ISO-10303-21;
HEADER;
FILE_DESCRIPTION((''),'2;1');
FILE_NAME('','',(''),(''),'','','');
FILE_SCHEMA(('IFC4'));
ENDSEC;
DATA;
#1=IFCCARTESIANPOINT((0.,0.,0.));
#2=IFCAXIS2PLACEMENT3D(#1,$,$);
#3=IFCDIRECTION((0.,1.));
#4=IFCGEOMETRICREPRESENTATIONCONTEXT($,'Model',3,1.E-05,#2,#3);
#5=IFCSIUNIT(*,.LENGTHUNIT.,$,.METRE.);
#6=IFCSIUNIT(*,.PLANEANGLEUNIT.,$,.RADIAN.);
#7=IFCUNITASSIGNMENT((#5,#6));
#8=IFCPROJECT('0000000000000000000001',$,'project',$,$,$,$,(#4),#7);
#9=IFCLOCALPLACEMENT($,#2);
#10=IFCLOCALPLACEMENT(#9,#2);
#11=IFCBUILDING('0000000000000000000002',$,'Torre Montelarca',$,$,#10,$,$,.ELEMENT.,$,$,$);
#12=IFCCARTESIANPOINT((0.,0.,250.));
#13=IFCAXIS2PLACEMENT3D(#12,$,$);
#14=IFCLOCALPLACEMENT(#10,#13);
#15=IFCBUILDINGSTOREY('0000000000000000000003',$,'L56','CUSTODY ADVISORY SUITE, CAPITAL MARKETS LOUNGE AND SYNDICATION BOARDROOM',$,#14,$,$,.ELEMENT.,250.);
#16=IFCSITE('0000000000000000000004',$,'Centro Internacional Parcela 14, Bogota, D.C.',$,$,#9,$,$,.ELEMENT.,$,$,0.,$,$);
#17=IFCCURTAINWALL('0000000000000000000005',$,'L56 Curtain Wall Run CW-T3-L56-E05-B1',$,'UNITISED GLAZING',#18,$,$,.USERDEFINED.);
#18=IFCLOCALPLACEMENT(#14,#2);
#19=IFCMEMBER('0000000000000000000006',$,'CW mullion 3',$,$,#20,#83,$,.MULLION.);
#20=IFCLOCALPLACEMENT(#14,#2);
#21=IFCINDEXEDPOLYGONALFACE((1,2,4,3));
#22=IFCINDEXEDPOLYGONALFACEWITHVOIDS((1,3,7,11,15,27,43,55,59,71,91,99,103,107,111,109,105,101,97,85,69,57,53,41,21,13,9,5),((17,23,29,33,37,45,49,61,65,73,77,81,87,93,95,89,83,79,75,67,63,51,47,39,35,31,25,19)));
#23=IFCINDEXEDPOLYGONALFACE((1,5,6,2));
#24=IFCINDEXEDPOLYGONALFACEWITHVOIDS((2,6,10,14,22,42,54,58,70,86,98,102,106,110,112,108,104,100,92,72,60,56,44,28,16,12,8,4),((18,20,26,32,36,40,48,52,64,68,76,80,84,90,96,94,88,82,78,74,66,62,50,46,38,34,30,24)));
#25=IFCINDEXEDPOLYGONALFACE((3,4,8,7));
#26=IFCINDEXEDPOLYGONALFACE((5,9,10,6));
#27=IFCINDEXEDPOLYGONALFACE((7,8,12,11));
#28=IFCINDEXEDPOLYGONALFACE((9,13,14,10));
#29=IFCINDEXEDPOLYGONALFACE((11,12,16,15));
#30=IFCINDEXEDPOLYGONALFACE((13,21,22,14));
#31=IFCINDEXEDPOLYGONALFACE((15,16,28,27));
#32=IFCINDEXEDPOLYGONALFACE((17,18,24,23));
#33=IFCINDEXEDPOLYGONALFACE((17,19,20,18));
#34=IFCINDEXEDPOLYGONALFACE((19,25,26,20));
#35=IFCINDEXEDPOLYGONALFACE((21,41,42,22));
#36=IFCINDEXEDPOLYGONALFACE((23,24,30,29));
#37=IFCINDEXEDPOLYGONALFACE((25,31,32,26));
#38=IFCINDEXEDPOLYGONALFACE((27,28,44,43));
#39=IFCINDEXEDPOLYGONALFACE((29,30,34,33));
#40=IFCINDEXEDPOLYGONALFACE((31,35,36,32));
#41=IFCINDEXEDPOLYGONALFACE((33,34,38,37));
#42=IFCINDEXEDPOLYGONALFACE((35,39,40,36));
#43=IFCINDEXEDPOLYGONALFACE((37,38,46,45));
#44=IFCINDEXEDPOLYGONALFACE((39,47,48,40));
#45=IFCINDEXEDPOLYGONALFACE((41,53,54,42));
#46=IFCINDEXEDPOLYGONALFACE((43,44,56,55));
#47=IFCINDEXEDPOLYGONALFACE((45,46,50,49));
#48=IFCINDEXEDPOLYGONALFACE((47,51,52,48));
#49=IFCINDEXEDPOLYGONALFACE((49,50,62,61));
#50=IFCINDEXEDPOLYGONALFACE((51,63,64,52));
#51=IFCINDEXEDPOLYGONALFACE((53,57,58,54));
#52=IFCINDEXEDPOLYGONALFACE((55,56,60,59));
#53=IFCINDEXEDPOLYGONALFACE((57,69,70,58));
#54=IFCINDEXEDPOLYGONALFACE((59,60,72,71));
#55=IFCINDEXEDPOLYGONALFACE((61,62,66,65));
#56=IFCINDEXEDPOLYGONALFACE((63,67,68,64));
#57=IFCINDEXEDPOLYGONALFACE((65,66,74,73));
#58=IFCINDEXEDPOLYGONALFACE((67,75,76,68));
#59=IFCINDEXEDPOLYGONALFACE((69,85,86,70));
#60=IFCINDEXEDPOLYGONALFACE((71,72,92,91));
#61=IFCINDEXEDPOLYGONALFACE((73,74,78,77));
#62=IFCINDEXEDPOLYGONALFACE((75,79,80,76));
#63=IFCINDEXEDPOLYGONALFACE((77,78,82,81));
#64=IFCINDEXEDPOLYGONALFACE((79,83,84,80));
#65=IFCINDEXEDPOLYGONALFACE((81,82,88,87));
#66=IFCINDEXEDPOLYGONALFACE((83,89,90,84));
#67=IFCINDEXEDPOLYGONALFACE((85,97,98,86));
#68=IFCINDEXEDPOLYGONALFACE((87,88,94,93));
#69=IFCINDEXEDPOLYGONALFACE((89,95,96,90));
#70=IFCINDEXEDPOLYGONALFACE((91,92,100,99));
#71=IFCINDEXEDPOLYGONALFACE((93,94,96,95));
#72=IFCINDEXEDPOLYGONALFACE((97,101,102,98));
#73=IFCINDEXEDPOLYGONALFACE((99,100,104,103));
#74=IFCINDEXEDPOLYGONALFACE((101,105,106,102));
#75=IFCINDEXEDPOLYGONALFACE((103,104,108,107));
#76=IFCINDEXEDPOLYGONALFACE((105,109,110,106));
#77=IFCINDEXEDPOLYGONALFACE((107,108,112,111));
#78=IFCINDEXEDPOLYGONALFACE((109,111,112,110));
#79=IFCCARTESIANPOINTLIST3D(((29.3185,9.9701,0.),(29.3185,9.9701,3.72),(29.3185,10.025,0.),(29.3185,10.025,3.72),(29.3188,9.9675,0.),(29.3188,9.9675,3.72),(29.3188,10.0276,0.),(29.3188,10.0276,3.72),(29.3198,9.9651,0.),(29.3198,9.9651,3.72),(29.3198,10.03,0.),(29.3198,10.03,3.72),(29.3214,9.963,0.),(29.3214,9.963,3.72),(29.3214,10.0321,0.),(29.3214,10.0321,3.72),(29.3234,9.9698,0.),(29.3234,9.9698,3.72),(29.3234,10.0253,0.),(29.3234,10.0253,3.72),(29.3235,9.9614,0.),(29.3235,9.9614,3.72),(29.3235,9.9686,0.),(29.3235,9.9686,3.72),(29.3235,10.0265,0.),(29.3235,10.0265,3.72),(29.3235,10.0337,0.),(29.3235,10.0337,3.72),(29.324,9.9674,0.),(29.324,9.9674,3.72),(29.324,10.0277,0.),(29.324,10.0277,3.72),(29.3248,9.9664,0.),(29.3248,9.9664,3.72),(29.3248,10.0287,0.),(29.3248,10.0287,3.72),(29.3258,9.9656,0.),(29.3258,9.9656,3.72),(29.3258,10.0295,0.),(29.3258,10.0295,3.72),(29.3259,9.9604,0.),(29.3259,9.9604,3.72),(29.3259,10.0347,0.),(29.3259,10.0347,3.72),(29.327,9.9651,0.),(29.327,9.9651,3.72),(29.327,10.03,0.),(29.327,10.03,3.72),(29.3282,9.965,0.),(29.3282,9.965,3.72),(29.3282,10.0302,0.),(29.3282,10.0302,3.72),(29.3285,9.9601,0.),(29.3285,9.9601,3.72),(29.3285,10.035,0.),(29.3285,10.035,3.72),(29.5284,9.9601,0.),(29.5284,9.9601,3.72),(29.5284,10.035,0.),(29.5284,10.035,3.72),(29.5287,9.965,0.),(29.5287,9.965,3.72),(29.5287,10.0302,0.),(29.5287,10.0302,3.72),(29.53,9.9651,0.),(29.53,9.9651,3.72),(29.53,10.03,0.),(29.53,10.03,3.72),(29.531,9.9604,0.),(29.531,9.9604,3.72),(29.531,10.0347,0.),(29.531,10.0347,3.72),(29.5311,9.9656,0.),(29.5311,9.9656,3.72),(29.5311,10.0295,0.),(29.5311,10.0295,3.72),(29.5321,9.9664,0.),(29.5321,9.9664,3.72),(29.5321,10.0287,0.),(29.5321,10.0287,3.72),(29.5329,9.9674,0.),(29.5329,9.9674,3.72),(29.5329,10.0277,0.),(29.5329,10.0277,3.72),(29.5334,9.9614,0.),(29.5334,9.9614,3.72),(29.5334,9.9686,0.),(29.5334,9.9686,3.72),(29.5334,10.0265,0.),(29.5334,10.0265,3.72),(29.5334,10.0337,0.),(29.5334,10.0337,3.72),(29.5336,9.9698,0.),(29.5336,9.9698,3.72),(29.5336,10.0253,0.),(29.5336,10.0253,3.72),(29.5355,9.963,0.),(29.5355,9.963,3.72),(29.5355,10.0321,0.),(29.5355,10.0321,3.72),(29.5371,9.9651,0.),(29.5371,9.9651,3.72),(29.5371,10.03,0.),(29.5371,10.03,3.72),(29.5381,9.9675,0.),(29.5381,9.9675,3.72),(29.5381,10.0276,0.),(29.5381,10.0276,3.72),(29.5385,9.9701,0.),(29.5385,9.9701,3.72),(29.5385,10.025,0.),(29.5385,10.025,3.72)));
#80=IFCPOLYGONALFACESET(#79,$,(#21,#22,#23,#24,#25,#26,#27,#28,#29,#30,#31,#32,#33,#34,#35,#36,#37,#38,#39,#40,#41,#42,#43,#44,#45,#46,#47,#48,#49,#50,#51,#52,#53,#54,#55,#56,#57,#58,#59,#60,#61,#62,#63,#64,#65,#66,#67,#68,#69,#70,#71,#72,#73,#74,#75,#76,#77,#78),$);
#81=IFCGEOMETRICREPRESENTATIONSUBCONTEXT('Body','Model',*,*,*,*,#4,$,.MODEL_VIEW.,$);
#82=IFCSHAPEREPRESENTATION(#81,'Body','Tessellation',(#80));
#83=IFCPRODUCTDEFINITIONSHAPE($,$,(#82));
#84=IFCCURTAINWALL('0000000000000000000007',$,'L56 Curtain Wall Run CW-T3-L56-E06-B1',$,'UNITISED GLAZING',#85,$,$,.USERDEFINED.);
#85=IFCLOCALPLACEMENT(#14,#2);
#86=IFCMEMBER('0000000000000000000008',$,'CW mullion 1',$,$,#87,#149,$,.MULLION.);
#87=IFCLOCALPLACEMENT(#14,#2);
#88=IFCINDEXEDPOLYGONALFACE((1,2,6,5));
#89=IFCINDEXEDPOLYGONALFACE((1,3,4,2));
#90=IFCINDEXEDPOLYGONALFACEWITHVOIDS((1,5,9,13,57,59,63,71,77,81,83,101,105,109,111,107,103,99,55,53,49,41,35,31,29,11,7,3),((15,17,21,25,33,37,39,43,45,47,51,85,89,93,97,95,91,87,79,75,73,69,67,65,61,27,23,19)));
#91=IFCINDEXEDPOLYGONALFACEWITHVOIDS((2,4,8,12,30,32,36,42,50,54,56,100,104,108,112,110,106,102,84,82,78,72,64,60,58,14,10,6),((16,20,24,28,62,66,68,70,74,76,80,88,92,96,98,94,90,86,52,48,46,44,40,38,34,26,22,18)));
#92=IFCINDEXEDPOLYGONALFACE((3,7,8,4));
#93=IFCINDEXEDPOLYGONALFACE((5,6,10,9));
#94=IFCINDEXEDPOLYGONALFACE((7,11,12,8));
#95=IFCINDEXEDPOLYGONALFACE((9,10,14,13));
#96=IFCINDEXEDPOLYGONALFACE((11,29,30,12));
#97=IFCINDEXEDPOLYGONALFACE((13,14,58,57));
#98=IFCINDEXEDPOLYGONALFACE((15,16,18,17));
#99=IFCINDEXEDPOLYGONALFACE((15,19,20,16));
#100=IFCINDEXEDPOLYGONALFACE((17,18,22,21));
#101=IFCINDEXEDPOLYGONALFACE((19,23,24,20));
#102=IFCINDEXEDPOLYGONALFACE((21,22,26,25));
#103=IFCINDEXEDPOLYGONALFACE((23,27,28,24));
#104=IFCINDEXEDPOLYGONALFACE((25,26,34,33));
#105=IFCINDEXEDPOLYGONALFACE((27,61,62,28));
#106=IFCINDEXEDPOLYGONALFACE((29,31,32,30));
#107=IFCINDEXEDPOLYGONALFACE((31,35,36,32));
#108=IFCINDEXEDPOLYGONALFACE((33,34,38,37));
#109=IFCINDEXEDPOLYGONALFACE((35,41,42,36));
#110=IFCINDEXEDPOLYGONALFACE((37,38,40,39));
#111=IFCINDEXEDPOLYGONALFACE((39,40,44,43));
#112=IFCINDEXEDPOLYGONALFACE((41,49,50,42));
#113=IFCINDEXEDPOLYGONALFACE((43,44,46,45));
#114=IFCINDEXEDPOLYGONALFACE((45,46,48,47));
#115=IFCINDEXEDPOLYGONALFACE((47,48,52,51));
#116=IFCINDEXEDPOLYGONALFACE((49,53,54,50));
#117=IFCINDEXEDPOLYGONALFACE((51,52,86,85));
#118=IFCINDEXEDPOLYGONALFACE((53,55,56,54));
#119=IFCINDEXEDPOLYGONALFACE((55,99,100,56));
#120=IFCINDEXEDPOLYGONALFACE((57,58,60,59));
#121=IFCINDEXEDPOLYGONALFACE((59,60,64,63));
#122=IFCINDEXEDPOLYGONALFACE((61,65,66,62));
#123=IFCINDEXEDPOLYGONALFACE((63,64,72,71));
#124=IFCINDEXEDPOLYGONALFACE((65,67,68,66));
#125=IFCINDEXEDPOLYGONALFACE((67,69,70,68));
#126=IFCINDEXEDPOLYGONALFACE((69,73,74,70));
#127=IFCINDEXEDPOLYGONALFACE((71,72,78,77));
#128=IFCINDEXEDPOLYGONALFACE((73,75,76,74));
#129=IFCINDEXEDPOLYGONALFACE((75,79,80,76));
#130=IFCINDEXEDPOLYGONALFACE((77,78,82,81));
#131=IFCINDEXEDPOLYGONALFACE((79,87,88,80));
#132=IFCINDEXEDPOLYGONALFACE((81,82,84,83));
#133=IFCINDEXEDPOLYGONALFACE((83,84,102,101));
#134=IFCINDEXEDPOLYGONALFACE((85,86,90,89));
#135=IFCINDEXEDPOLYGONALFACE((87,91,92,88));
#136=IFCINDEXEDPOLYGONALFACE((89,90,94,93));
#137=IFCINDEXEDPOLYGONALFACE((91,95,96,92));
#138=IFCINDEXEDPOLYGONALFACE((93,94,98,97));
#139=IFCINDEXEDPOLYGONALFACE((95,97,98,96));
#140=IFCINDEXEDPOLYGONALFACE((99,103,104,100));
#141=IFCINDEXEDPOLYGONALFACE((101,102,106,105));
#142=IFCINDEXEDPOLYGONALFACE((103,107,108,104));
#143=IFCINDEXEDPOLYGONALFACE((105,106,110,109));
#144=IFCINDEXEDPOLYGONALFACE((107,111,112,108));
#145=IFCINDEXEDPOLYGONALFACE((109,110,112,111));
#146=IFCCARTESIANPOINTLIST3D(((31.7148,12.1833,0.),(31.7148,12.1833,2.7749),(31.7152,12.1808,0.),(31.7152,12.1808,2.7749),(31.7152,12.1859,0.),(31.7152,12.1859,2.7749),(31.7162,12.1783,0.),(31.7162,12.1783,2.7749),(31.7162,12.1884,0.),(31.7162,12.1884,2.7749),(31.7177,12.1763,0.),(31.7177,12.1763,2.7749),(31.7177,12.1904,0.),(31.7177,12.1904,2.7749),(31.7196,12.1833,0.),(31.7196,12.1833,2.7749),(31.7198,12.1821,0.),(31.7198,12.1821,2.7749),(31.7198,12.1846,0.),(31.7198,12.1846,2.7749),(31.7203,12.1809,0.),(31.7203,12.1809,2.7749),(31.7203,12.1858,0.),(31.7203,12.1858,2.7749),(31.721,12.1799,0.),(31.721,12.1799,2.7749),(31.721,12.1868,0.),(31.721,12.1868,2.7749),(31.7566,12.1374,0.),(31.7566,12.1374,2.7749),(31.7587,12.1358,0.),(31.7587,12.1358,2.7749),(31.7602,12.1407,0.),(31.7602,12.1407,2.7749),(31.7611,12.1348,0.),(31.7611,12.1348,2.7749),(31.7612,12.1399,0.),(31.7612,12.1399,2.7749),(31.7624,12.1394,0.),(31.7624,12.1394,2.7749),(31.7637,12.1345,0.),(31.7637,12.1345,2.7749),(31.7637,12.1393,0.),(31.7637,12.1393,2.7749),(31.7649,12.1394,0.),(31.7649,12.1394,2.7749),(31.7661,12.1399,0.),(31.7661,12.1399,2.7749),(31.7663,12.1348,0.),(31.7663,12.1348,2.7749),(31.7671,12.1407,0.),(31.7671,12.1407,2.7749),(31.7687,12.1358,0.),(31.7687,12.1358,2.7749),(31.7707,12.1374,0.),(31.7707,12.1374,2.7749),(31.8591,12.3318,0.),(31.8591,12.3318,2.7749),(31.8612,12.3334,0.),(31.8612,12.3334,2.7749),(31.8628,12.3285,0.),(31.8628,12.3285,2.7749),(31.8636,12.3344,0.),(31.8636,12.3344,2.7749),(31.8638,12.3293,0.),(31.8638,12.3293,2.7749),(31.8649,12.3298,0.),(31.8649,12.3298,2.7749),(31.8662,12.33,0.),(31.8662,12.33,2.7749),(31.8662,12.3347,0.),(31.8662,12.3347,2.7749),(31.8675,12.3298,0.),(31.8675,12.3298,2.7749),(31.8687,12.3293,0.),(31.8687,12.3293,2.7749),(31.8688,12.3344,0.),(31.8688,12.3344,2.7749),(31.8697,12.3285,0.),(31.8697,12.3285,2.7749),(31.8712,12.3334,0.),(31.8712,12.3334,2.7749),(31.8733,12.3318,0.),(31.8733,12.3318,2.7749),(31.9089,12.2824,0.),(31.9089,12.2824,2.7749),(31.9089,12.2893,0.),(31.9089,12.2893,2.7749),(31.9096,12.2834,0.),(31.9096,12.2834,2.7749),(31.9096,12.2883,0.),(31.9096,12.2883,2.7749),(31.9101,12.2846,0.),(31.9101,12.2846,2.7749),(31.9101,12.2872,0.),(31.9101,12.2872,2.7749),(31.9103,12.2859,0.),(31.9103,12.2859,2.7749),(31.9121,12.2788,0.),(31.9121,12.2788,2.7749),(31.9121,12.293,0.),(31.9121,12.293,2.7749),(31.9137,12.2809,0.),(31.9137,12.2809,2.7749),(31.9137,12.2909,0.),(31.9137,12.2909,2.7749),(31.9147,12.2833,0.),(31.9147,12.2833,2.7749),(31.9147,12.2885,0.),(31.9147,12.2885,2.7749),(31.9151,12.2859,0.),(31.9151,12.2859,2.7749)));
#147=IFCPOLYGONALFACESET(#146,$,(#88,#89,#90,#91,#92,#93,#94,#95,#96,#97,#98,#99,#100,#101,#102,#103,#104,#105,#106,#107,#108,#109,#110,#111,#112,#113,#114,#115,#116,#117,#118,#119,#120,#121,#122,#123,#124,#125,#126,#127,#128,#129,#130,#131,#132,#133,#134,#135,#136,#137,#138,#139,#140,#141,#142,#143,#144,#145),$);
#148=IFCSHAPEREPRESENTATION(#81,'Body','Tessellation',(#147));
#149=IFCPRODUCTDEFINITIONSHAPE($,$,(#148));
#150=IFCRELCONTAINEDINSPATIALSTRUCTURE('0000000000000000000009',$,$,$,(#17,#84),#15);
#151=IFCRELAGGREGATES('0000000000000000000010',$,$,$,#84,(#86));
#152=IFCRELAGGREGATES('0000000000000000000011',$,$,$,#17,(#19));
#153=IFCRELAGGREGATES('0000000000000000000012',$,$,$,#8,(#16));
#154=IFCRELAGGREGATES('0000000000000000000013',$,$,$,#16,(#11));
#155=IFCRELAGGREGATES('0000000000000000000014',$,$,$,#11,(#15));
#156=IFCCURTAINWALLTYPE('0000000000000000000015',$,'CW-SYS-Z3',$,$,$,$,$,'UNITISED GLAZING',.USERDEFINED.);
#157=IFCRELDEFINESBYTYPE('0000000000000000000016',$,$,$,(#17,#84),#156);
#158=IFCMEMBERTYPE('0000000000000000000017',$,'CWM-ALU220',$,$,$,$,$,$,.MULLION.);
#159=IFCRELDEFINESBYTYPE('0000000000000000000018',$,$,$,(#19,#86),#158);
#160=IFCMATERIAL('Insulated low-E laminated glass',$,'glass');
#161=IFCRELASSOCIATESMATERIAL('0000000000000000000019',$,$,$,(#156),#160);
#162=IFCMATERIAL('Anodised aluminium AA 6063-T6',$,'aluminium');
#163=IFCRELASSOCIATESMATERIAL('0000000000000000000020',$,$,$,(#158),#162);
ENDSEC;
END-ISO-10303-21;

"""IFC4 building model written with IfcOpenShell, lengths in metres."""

from ifc_helpers import new_model, si_unit, direction, frame, origin, origin_2d, place, context, subcontext, project, spatial, hollow_rectangle, extrude, source, transform, mapped, material, material_profile, profile_set, type_object, element, aggregate, save


model = new_model("IFC4")

# Units and contexts
model_context = context("Model", 3, precision=1e-05, world=origin(), true_north=direction((0.0, 1.0)))
body_context = subcontext(model_context, "Body", "Model", "MODEL_VIEW")
ifc_project = project(units=[si_unit("LENGTHUNIT", "METRE"), si_unit("PLANEANGLEUNIT", "RADIAN")], contexts=[model_context])

# Site, building, storey
site_placement = place(None, origin())
site = spatial("IfcSite", under=ifc_project, at=site_placement, Name="Centro Internacional Parcela 14, Bogota, D.C.", CompositionType="ELEMENT", RefElevation=0.0)
building_placement = place(site_placement, origin())
building = spatial("IfcBuilding", under=site, at=building_placement, Name="Torre Montelarca", CompositionType="ELEMENT")
storey_placement = place(building_placement, frame((0.0, 0.0, 250.0)))
storey = spatial("IfcBuildingStorey", under=building, at=storey_placement, Name="L56", Description="CUSTODY ADVISORY SUITE, CAPITAL MARKETS LOUNGE AND SYNDICATION BOARDROOM", CompositionType="ELEMENT", Elevation=250.0)

# Curtain wall, member
ifc_material_1 = material(Name="Insulated low-E laminated glass", Category="glass")
curtain_wall_type = type_object("IfcCurtainWallType", Name="CW-SYS-Z3", ElementType="UNITISED GLAZING", PredefinedType="USERDEFINED", material=ifc_material_1)
curtain_wall_1_placement = place(storey_placement, origin())
curtain_wall_1 = element("IfcCurtainWall", 1, at=curtain_wall_1_placement, inside=storey, type_object=curtain_wall_type, Name="L56 Curtain Wall Run CW-T3-L56-E05-B1", ObjectType="UNITISED GLAZING", PredefinedType="USERDEFINED")
ifc_material_2 = material(Name="Anodised aluminium AA 6063-T6", Category="aluminium")
ifc_material_profile_1 = material_profile(ifc_material_2, hollow_rectangle(XDim=0.075, YDim=0.22, WallThickness=0.0049, InnerFilletRadius=0.0049, OuterFilletRadius=0.01, at=origin_2d()), Name="ALU75X220X5", Category="aluminium")
ifc_profile_set_1 = profile_set([ifc_material_profile_1], Name="Anodised aluminium AA 6063-T6")
member_type_1 = type_object("IfcMemberType", Name="CWM-ALU220", PredefinedType="MULLION", material=ifc_profile_set_1)
shared_shape_1 = source(origin(), body_context, "Body", "SweptSolid", [
    extrude(hollow_rectangle(XDim=0.075, YDim=0.22, WallThickness=0.0049, InnerFilletRadius=0.0049, OuterFilletRadius=0.01, at=origin_2d()), origin(), (0.0, 0.0, 1.0), 3.72),
])
member_1_placement = place(storey_placement, frame((29.4285, 9.9976, 0.0), z_axis=(0.0, 0.0, 1.0), x_axis=(0.0, 1.0, 0.0)))
member_1 = element("IfcMember", 2, at=member_1_placement, type_object=member_type_1, Name="CW mullion 3", PredefinedType="MULLION", context=body_context, shape_type="MappedRepresentation", body=[
    mapped(shared_shape_1, transform((0.0, 0.0, 0.0), scale=1.0)),
])

# Curtain wall, member
curtain_wall_2_placement = place(storey_placement, origin())
curtain_wall_2 = element("IfcCurtainWall", 3, at=curtain_wall_2_placement, inside=storey, type_object=curtain_wall_type, Name="L56 Curtain Wall Run CW-T3-L56-E06-B1", ObjectType="UNITISED GLAZING", PredefinedType="USERDEFINED")
shared_shape_2 = source(origin(), body_context, "Body", "SweptSolid", [
    extrude(hollow_rectangle(XDim=0.075, YDim=0.22, WallThickness=0.0049, InnerFilletRadius=0.0049, OuterFilletRadius=0.01, at=origin_2d()), origin(), (0.0, 0.0, 1.0), 2.7749),
])
member_2_placement = place(storey_placement, frame((31.8149, 12.2346, 0.0), z_axis=(0.0, 0.0, 1.0), x_axis=(-0.707107, 0.707107, 0.0)))
member_2 = element("IfcMember", 4, at=member_2_placement, type_object=member_type_1, Name="CW mullion 1", PredefinedType="MULLION", context=body_context, shape_type="MappedRepresentation", body=[
    mapped(shared_shape_2, transform((0.0, 0.0, 0.0), scale=1.0)),
])

aggregate(curtain_wall_2, [member_2])

aggregate(curtain_wall_1, [member_1])

save(model, "model.ifc")
